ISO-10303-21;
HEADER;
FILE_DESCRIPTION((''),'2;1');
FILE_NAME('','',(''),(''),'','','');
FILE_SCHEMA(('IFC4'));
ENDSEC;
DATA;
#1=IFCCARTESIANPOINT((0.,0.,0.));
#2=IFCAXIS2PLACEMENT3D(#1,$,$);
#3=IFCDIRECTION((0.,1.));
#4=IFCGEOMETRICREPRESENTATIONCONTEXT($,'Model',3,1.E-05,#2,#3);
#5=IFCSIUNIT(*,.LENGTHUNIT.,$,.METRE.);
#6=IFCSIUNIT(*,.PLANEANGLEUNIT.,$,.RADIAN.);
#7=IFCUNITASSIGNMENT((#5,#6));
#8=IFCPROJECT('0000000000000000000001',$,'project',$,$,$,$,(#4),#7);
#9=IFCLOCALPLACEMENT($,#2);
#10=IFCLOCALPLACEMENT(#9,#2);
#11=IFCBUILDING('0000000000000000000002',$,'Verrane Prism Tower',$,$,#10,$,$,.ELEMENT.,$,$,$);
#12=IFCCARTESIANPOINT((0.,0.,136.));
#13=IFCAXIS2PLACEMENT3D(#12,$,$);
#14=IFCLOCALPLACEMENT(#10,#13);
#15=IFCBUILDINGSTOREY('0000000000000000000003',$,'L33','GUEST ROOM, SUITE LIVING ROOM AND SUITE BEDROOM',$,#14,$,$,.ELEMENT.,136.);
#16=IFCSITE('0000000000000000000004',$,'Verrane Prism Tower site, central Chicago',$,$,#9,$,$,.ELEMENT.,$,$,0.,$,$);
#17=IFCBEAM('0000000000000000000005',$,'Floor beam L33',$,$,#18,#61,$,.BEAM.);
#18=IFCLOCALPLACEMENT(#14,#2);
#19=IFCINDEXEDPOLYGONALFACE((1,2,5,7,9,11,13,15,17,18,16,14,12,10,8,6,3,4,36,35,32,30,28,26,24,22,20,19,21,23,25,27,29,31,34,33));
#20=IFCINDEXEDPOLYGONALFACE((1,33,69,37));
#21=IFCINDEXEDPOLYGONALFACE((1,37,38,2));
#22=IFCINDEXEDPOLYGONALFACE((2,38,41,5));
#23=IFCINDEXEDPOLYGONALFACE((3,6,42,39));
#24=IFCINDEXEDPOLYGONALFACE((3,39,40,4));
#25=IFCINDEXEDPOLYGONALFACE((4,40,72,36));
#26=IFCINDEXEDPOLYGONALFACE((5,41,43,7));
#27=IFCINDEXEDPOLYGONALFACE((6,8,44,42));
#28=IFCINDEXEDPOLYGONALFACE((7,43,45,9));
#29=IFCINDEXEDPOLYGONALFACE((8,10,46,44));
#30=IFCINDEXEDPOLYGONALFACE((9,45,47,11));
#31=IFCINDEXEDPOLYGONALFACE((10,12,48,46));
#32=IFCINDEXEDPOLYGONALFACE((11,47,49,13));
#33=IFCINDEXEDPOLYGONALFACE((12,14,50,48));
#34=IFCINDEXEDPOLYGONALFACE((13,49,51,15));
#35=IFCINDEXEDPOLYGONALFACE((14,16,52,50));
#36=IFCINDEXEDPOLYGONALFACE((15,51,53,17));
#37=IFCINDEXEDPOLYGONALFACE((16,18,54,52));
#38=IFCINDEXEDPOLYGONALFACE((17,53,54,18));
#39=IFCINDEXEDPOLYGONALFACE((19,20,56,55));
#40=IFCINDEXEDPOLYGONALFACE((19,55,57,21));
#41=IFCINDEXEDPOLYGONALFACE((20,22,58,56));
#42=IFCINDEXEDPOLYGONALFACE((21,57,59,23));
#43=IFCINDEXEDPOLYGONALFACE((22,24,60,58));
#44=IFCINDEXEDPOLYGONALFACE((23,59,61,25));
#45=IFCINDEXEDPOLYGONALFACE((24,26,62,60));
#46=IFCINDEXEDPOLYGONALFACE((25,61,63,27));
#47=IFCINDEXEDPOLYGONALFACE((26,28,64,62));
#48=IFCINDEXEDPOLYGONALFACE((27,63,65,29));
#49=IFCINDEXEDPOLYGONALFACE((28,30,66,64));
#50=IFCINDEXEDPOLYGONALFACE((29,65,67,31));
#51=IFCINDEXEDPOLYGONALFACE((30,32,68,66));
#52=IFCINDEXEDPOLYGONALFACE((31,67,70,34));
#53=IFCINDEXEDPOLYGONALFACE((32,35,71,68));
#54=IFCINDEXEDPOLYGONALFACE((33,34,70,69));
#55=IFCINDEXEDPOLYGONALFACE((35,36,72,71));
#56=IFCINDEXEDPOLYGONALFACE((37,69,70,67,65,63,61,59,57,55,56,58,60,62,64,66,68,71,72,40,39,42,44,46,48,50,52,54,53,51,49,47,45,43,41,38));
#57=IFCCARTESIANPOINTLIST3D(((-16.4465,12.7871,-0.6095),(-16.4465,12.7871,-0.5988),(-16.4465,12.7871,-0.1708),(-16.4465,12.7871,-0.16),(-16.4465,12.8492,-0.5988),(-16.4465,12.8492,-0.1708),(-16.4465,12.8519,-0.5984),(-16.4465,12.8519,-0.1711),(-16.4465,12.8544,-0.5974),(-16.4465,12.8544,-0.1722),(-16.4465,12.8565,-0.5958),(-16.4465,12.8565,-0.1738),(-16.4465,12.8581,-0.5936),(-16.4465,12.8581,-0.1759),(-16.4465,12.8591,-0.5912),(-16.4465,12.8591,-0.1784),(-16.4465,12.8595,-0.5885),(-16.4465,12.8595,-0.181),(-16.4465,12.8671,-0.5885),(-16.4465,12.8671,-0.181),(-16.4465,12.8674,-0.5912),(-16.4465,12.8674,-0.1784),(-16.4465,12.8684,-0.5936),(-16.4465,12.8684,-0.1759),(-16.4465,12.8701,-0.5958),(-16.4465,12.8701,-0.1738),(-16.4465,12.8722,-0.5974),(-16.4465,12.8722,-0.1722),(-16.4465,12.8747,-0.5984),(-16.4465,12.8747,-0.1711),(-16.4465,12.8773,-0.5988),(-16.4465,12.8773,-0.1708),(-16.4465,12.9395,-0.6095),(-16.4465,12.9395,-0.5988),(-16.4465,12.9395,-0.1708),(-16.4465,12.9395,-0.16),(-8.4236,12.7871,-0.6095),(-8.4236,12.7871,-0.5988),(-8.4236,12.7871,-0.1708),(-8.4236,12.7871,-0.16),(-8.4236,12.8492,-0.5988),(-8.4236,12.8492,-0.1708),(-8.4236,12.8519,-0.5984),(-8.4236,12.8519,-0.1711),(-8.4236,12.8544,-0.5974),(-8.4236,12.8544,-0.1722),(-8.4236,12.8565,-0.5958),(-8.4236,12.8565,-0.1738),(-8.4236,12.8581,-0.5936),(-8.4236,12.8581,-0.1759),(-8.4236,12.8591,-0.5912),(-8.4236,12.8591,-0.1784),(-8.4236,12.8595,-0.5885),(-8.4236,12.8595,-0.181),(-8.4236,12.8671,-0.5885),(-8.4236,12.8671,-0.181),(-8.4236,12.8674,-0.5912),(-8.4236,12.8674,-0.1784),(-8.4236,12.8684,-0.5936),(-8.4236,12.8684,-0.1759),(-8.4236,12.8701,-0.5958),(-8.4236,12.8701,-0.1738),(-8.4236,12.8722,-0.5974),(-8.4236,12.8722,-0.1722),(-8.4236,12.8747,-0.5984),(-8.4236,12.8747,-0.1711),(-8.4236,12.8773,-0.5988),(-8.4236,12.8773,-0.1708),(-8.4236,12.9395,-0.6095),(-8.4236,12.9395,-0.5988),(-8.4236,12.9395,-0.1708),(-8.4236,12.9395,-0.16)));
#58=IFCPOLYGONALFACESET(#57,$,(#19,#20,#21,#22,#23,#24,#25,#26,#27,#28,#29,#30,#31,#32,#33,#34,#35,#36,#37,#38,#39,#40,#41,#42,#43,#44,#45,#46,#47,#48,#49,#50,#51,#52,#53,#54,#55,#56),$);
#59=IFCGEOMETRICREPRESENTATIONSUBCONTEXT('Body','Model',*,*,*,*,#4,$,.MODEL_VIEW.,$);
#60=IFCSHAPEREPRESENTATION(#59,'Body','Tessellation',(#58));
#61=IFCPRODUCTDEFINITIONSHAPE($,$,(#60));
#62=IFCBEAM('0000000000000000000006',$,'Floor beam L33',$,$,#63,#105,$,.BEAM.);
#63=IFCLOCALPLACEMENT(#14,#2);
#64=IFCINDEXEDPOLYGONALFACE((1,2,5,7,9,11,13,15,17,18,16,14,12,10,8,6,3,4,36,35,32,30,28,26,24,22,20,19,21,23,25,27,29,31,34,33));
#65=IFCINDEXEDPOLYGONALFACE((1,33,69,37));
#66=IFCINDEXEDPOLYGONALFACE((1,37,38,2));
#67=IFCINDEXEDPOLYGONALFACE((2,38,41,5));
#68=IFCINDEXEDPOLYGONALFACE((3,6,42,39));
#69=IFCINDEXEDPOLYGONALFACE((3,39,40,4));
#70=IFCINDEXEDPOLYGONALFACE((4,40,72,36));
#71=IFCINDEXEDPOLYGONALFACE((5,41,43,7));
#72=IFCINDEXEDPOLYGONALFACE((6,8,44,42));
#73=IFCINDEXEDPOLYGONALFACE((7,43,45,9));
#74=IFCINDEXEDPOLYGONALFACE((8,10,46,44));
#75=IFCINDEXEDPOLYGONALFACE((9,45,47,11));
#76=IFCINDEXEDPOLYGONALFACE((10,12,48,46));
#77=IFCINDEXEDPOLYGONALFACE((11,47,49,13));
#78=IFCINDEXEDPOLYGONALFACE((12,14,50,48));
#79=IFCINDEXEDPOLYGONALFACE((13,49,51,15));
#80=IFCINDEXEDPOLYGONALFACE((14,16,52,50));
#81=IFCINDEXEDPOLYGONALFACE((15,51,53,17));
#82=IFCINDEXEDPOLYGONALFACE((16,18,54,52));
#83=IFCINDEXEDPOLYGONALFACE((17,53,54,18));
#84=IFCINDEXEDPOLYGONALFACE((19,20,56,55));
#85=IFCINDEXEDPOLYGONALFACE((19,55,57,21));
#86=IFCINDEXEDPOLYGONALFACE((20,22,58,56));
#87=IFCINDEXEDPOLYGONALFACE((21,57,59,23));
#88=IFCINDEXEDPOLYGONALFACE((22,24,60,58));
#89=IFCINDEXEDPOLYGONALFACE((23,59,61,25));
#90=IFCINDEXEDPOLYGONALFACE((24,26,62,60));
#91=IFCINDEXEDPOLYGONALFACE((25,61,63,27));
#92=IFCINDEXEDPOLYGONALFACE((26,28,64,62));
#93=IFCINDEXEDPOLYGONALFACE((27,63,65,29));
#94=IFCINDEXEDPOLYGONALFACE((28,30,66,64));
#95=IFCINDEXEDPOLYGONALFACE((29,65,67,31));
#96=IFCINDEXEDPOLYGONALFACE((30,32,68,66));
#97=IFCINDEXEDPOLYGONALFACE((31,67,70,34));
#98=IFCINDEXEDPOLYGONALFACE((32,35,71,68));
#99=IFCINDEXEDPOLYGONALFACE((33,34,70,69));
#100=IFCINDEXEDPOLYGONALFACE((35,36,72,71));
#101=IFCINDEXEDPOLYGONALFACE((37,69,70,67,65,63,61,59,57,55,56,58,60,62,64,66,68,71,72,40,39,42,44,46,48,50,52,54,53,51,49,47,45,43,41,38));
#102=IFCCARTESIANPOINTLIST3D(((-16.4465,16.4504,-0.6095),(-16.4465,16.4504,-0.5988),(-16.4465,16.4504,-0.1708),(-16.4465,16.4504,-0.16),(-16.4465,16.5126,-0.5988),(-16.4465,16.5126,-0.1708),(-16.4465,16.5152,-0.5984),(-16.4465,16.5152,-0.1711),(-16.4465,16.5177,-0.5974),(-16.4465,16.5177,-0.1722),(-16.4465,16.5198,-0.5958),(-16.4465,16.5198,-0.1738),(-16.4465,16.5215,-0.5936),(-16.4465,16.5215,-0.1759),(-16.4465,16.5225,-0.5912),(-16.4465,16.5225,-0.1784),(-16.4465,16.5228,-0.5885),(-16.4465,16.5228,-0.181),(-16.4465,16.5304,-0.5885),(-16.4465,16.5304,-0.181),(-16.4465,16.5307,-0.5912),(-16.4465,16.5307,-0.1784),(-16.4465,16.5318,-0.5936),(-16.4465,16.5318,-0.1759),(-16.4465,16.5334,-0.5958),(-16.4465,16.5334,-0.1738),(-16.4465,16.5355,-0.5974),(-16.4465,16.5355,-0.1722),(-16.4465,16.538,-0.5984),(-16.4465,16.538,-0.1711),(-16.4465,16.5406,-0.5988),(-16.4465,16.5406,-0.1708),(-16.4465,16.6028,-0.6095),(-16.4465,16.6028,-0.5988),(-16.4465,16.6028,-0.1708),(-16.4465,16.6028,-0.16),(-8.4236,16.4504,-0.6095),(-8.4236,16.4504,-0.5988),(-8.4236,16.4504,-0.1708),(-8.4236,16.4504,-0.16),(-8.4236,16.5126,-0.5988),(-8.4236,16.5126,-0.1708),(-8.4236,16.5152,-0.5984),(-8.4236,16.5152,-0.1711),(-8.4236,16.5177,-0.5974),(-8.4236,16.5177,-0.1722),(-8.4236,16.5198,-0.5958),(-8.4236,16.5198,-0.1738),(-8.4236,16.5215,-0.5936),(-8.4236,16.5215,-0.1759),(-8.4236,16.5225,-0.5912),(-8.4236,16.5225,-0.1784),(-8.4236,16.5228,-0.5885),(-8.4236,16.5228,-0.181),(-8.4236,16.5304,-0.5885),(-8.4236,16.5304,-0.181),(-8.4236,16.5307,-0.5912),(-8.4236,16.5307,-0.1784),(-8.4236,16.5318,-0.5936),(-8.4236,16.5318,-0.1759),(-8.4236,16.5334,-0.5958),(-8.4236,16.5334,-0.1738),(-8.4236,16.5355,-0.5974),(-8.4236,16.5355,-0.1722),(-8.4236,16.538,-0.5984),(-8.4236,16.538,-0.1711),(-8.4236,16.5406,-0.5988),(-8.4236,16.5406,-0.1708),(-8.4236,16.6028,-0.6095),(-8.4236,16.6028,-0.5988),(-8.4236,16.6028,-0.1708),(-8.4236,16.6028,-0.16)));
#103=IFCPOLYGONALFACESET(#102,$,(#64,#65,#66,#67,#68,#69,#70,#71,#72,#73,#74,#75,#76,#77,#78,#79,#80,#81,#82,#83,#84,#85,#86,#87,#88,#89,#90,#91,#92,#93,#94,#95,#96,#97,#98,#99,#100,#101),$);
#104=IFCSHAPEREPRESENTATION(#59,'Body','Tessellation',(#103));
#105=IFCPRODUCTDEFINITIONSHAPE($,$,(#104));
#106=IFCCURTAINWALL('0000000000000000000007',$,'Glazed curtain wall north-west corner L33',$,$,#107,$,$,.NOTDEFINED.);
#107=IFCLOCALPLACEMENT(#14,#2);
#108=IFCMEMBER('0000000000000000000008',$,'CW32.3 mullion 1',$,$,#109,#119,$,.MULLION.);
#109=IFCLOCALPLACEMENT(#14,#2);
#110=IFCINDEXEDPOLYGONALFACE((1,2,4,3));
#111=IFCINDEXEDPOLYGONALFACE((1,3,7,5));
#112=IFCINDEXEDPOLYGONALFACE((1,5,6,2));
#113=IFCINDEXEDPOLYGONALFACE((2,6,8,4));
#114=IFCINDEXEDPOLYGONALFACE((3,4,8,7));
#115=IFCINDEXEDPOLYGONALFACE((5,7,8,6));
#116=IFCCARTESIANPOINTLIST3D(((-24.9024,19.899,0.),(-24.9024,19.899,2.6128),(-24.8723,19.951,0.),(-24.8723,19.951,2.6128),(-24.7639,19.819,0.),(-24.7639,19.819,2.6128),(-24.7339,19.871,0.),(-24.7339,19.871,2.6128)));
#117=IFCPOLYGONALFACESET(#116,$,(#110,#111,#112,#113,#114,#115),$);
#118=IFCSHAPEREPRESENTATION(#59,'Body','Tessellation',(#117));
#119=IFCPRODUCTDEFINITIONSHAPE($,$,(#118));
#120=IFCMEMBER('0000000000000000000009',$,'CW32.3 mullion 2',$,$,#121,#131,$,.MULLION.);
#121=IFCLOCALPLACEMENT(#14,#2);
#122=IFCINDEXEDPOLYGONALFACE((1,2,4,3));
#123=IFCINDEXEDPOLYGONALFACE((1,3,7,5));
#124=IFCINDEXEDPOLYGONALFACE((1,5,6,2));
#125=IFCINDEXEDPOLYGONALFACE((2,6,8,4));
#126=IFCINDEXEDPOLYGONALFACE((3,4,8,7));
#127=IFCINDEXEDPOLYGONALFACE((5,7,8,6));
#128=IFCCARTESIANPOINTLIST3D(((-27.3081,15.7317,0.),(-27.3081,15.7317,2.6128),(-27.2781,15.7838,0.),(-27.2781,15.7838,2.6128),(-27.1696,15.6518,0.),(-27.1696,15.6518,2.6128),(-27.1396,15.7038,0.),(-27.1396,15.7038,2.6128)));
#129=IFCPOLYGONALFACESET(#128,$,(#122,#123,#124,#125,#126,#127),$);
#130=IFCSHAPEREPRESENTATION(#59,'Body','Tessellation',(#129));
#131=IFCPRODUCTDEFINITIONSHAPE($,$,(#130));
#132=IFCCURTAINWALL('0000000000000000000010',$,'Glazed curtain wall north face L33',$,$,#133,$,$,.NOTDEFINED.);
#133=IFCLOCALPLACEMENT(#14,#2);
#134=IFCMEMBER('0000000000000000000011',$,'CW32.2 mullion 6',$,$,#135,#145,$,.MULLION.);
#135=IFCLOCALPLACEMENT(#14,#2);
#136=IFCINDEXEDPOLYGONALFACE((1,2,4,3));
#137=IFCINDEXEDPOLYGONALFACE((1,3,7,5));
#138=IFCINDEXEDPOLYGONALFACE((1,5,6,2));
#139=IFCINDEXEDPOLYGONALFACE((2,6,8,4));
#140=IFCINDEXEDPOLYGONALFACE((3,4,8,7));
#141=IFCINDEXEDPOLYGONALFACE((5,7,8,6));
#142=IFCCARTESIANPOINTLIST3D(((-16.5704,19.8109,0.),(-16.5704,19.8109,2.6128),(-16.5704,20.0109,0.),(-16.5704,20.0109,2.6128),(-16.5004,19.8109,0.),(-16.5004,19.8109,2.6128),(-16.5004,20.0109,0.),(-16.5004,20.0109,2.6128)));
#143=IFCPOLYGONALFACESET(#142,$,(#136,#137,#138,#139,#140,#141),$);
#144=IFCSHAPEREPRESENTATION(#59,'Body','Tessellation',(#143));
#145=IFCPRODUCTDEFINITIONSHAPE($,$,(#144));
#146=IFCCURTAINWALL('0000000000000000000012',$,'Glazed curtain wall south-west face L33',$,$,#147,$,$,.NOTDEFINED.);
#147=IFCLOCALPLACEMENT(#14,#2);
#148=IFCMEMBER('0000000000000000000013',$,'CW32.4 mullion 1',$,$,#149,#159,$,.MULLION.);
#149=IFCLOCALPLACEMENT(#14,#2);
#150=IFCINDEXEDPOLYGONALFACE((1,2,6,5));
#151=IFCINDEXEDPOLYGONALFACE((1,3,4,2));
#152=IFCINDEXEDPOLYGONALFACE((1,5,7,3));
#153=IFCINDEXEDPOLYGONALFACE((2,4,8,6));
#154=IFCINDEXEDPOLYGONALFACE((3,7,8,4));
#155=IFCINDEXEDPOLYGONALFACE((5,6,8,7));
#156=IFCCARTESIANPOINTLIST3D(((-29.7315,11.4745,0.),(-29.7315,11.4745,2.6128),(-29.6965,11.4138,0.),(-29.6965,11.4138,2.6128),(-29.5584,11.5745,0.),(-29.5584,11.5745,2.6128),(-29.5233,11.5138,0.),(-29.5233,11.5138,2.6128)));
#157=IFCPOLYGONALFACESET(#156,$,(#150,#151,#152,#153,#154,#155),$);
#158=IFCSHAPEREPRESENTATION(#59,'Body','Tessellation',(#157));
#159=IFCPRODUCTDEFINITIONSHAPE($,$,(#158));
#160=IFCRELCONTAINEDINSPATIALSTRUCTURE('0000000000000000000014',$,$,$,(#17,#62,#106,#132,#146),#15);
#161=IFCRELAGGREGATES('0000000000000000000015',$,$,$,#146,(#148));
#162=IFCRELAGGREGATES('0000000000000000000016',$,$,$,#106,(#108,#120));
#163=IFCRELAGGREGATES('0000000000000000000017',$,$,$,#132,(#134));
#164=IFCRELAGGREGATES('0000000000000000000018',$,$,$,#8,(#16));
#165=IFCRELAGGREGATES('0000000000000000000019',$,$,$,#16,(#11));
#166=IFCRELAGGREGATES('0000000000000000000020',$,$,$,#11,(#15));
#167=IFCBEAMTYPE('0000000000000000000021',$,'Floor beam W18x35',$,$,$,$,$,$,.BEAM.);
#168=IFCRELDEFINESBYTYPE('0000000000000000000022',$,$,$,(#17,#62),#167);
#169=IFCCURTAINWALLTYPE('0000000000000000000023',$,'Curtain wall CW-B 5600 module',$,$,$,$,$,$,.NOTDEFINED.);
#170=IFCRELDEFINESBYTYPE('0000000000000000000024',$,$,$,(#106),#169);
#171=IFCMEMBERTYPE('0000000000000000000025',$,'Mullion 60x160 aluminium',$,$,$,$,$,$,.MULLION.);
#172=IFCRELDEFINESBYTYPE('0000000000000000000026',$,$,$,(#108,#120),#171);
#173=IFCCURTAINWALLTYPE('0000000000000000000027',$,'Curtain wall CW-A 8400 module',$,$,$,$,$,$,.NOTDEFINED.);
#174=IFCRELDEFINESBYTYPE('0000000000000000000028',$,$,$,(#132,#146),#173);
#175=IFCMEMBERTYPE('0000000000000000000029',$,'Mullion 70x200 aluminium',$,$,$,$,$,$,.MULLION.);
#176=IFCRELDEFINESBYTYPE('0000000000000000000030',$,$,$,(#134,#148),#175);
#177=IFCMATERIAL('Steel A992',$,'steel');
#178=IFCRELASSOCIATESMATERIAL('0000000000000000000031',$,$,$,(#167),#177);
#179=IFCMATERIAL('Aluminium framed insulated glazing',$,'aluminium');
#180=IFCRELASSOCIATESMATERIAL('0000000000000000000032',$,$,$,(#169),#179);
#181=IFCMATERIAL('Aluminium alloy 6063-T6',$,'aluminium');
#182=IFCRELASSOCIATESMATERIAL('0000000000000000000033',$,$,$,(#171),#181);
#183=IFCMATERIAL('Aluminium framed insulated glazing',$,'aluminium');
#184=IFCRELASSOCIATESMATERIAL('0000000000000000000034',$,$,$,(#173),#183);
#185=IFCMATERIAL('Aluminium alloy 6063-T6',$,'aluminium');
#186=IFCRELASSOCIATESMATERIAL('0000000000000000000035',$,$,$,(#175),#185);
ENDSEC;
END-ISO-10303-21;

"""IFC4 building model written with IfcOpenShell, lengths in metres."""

from ifc_helpers import new_model, si_unit, direction, frame, origin, origin_2d, place, context, subcontext, project, spatial, rectangle, i_section, extrude, material, material_profile, profile_set, type_object, element, aggregate, save


model = new_model("IFC4")

# Units and contexts
model_context = context("Model", 3, precision=1e-05, world=origin(), true_north=direction((0.0, 1.0)))
body_context = subcontext(model_context, "Body", "Model", "MODEL_VIEW")
ifc_project = project(units=[si_unit("LENGTHUNIT", "METRE"), si_unit("PLANEANGLEUNIT", "RADIAN")], contexts=[model_context])

# Site, building, storey
site_placement = place(None, origin())
site = spatial("IfcSite", under=ifc_project, at=site_placement, Name="Verrane Prism Tower site, central Chicago", CompositionType="ELEMENT", RefElevation=0.0)
building_placement = place(site_placement, origin())
building = spatial("IfcBuilding", under=site, at=building_placement, Name="Verrane Prism Tower", CompositionType="ELEMENT")
storey_placement = place(building_placement, frame((0.0, 0.0, 136.0)))
storey = spatial("IfcBuildingStorey", under=building, at=storey_placement, Name="L33", Description="GUEST ROOM, SUITE LIVING ROOM AND SUITE BEDROOM", CompositionType="ELEMENT", Elevation=136.0)

# Beams
ifc_material_1 = material(Name="Steel A992", Category="steel")
ifc_material_profile_1 = material_profile(ifc_material_1, i_section(OverallWidth=0.1523, OverallDepth=0.4495, WebThickness=0.0076, FlangeThickness=0.0107, FilletRadius=0.0103, at=origin_2d()), Name="W18x35")
ifc_profile_set_1 = profile_set([ifc_material_profile_1], Name="Steel A992")
beam_type_1 = type_object("IfcBeamType", Name="Floor beam W18x35", PredefinedType="BEAM", material=ifc_profile_set_1)
for number, where, z_axis, x_axis, name in (
    (1, (-16.4465, 12.8633, -0.3848), (1.0, 0.0, 0.0), (0.0, 1.0, 0.0), "Floor beam L33"),
    (2, (-16.4465, 16.5266, -0.3848), (1.0, 0.0, 0.0), (0.0, 1.0, 0.0), "Floor beam L33"),
):
    element("IfcBeam", number, at=place(storey_placement, frame(where, z_axis=z_axis, x_axis=x_axis)), inside=storey, type_object=beam_type_1, Name=name, PredefinedType="BEAM", context=body_context, shape_type="SweptSolid", body=[
        extrude(i_section(OverallWidth=0.1523, OverallDepth=0.4495, WebThickness=0.0076, FlangeThickness=0.0107, FilletRadius=0.0103, at=origin_2d()), origin(), (0.0, 0.0, 1.0), 8.0229),
    ])

# Curtain wall, members
ifc_material_2 = material(Name="Aluminium framed insulated glazing", Category="aluminium")
curtain_wall_type_1 = type_object("IfcCurtainWallType", Name="Curtain wall CW-B 5600 module", PredefinedType="NOTDEFINED", material=ifc_material_2)
curtain_wall_1_placement = place(storey_placement, origin())
curtain_wall_1 = element("IfcCurtainWall", 3, at=curtain_wall_1_placement, inside=storey, type_object=curtain_wall_type_1, Name="Glazed curtain wall north-west corner L33", PredefinedType="NOTDEFINED")
ifc_material_3 = material(Name="Aluminium alloy 6063-T6", Category="aluminium")
ifc_material_profile_2 = material_profile(ifc_material_3, rectangle(XDim=0.1599, YDim=0.0601, at=origin_2d()), Name="Mullion 60x160 aluminium")
ifc_profile_set_2 = profile_set([ifc_material_profile_2], Name="Aluminium alloy 6063-T6")
member_type_1 = type_object("IfcMemberType", Name="Mullion 60x160 aluminium", PredefinedType="MULLION", material=ifc_profile_set_2)
member_1_placement = place(storey_placement, frame((-24.8181, 19.885, 0.0), z_axis=(0.0, 0.0, 1.0), x_axis=(0.866028, -0.499996, 0.0)))
member_1 = element("IfcMember", 4, at=member_1_placement, type_object=member_type_1, Name="CW32.3 mullion 1", PredefinedType="MULLION", context=body_context, shape_type="SweptSolid", body=[
    extrude(rectangle(XDim=0.1599, YDim=0.0601, at=origin_2d()), origin(), (0.0, 0.0, 1.0), 2.6128),
])
member_2_placement = place(storey_placement, frame((-27.2239, 15.7178, 0.0), z_axis=(0.0, 0.0, 1.0), x_axis=(0.866028, -0.499996, 0.0)))
member_2 = element("IfcMember", 5, at=member_2_placement, type_object=member_type_1, Name="CW32.3 mullion 2", PredefinedType="MULLION", context=body_context, shape_type="SweptSolid", body=[
    extrude(rectangle(XDim=0.1599, YDim=0.0601, at=origin_2d()), origin(), (0.0, 0.0, 1.0), 2.6128),
])

# Curtain walls, members
ifc_material_4 = material(Name="Aluminium framed insulated glazing", Category="aluminium")
curtain_wall_type_2 = type_object("IfcCurtainWallType", Name="Curtain wall CW-A 8400 module", PredefinedType="NOTDEFINED", material=ifc_material_4)
curtain_wall_2_placement = place(storey_placement, origin())
curtain_wall_2 = element("IfcCurtainWall", 6, at=curtain_wall_2_placement, inside=storey, type_object=curtain_wall_type_2, Name="Glazed curtain wall north face L33", PredefinedType="NOTDEFINED")
ifc_material_5 = material(Name="Aluminium alloy 6063-T6", Category="aluminium")
ifc_material_profile_3 = material_profile(ifc_material_5, rectangle(XDim=0.2, YDim=0.0701, at=origin_2d()), Name="Mullion 70x200 aluminium")
ifc_profile_set_3 = profile_set([ifc_material_profile_3], Name="Aluminium alloy 6063-T6")
member_type_2 = type_object("IfcMemberType", Name="Mullion 70x200 aluminium", PredefinedType="MULLION", material=ifc_profile_set_3)
member_3_placement = place(storey_placement, frame((-16.5354, 19.9109, 0.0), z_axis=(0.0, 0.0, 1.0), x_axis=(0.0, -1.0, 0.0)))
member_3 = element("IfcMember", 7, at=member_3_placement, type_object=member_type_2, Name="CW32.2 mullion 6", PredefinedType="MULLION", context=body_context, shape_type="SweptSolid", body=[
    extrude(rectangle(XDim=0.2, YDim=0.0701, at=origin_2d()), origin(), (0.0, 0.0, 1.0), 2.6128),
])
curtain_wall_3_placement = place(storey_placement, origin())
curtain_wall_3 = element("IfcCurtainWall", 8, at=curtain_wall_3_placement, inside=storey, type_object=curtain_wall_type_2, Name="Glazed curtain wall south-west face L33", PredefinedType="NOTDEFINED")
member_4_placement = place(storey_placement, frame((-29.6274, 11.4941, 0.0), z_axis=(0.0, 0.0, 1.0), x_axis=(0.866025, 0.5, 0.0)))
member_4 = element("IfcMember", 9, at=member_4_placement, type_object=member_type_2, Name="CW32.4 mullion 1", PredefinedType="MULLION", context=body_context, shape_type="SweptSolid", body=[
    extrude(rectangle(XDim=0.2, YDim=0.0701, at=origin_2d()), origin(), (0.0, 0.0, 1.0), 2.6128),
])

aggregate(curtain_wall_3, [member_4])

aggregate(curtain_wall_1, [member_1, member_2])
aggregate(curtain_wall_2, [member_3])

save(model, "model.ifc")
